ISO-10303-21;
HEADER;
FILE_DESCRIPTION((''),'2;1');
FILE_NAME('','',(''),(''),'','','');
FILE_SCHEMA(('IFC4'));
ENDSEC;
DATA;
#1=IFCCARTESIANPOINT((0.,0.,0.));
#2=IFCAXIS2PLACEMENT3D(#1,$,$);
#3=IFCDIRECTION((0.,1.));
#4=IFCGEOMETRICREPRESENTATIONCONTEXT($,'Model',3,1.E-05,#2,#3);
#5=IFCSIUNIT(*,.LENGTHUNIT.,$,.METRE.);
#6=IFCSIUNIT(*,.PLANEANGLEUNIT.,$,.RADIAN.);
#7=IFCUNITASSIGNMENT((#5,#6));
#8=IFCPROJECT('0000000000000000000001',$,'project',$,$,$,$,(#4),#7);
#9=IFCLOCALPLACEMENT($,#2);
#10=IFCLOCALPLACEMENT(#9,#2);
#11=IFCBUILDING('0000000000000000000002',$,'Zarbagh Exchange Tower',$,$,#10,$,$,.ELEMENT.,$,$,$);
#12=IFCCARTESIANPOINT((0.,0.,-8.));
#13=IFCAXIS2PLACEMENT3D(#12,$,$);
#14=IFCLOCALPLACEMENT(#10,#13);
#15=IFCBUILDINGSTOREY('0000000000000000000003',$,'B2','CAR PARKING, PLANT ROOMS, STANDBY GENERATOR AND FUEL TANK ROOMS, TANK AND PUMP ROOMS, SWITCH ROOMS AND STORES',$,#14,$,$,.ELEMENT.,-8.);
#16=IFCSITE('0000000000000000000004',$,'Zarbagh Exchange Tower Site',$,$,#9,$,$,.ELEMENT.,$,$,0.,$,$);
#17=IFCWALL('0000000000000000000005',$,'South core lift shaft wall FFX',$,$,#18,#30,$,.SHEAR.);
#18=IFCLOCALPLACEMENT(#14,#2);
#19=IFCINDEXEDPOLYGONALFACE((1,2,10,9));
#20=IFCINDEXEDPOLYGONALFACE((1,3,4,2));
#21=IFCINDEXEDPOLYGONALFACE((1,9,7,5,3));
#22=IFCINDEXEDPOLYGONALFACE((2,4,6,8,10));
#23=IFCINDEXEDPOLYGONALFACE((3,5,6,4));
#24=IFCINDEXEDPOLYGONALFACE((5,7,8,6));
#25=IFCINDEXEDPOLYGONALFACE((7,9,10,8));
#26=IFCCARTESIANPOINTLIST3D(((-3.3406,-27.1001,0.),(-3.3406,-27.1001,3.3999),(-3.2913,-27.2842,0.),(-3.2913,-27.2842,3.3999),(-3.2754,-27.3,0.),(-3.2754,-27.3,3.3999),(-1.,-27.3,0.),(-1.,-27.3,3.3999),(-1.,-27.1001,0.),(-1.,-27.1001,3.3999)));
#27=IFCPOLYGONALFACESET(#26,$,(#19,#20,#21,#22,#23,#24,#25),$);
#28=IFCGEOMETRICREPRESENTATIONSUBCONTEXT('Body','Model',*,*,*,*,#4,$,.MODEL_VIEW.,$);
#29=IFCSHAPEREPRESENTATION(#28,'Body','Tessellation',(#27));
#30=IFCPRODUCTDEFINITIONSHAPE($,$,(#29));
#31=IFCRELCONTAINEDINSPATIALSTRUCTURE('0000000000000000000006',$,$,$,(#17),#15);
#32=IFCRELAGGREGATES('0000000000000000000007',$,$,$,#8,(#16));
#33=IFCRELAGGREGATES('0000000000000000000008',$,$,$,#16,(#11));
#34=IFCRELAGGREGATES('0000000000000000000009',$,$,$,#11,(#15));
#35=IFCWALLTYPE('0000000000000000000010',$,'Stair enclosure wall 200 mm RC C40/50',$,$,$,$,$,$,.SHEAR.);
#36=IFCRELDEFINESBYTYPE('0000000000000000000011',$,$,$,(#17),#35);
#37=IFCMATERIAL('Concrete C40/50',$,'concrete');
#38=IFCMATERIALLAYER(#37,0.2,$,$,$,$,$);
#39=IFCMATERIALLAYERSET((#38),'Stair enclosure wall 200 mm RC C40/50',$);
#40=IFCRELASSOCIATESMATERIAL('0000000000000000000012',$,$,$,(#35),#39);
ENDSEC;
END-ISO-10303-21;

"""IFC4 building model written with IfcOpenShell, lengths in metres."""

from ifc_helpers import new_model, si_unit, direction, frame, origin, place, context, subcontext, project, spatial, polyline, outline, extrude, material, layer, layer_set, type_object, element, save


model = new_model("IFC4")

# Units and contexts
model_context = context("Model", 3, precision=1e-05, world=origin(), true_north=direction((0.0, 1.0)))
body_context = subcontext(model_context, "Body", "Model", "MODEL_VIEW")
ifc_project = project(units=[si_unit("LENGTHUNIT", "METRE"), si_unit("PLANEANGLEUNIT", "RADIAN")], contexts=[model_context])

# Site, building, storey
site_placement = place(None, origin())
site = spatial("IfcSite", under=ifc_project, at=site_placement, Name="Zarbagh Exchange Tower Site", CompositionType="ELEMENT", RefElevation=0.0)
building_placement = place(site_placement, origin())
building = spatial("IfcBuilding", under=site, at=building_placement, Name="Zarbagh Exchange Tower", CompositionType="ELEMENT")
storey_placement = place(building_placement, frame((0.0, 0.0, -8.0)))
storey = spatial("IfcBuildingStorey", under=building, at=storey_placement, Name="B2", Description="CAR PARKING, PLANT ROOMS, STANDBY GENERATOR AND FUEL TANK ROOMS, TANK AND PUMP ROOMS, SWITCH ROOMS AND STORES", CompositionType="ELEMENT", Elevation=-8.0)

# Shared definitions
ifc_material_1 = material(Name="Concrete C40/50", Category="concrete")

# Wall
ifc_layer_1 = layer(ifc_material_1, 0.2)
ifc_layer_set_1 = layer_set([ifc_layer_1], Name="Stair enclosure wall 200 mm RC C40/50")
wall_type_1 = type_object("IfcWallType", Name="Stair enclosure wall 200 mm RC C40/50", PredefinedType="SHEAR", material=ifc_layer_set_1)
wall_1_placement = place(storey_placement, origin())
element("IfcWall", 1, at=wall_1_placement, inside=storey, type_object=wall_type_1, Name="South core lift shaft wall FFX", PredefinedType="SHEAR", context=body_context, shape_type="SweptSolid", body=[
    extrude(outline(polyline([(-1.0, -27.1001), (-3.3406, -27.1001), (-3.2913, -27.2842), (-3.2754, -27.3), (-1.0, -27.3), (-1.0, -27.1001)])), origin(), (0.0, 0.0, 1.0), 3.3999),
])

save(model, "model.ifc")
